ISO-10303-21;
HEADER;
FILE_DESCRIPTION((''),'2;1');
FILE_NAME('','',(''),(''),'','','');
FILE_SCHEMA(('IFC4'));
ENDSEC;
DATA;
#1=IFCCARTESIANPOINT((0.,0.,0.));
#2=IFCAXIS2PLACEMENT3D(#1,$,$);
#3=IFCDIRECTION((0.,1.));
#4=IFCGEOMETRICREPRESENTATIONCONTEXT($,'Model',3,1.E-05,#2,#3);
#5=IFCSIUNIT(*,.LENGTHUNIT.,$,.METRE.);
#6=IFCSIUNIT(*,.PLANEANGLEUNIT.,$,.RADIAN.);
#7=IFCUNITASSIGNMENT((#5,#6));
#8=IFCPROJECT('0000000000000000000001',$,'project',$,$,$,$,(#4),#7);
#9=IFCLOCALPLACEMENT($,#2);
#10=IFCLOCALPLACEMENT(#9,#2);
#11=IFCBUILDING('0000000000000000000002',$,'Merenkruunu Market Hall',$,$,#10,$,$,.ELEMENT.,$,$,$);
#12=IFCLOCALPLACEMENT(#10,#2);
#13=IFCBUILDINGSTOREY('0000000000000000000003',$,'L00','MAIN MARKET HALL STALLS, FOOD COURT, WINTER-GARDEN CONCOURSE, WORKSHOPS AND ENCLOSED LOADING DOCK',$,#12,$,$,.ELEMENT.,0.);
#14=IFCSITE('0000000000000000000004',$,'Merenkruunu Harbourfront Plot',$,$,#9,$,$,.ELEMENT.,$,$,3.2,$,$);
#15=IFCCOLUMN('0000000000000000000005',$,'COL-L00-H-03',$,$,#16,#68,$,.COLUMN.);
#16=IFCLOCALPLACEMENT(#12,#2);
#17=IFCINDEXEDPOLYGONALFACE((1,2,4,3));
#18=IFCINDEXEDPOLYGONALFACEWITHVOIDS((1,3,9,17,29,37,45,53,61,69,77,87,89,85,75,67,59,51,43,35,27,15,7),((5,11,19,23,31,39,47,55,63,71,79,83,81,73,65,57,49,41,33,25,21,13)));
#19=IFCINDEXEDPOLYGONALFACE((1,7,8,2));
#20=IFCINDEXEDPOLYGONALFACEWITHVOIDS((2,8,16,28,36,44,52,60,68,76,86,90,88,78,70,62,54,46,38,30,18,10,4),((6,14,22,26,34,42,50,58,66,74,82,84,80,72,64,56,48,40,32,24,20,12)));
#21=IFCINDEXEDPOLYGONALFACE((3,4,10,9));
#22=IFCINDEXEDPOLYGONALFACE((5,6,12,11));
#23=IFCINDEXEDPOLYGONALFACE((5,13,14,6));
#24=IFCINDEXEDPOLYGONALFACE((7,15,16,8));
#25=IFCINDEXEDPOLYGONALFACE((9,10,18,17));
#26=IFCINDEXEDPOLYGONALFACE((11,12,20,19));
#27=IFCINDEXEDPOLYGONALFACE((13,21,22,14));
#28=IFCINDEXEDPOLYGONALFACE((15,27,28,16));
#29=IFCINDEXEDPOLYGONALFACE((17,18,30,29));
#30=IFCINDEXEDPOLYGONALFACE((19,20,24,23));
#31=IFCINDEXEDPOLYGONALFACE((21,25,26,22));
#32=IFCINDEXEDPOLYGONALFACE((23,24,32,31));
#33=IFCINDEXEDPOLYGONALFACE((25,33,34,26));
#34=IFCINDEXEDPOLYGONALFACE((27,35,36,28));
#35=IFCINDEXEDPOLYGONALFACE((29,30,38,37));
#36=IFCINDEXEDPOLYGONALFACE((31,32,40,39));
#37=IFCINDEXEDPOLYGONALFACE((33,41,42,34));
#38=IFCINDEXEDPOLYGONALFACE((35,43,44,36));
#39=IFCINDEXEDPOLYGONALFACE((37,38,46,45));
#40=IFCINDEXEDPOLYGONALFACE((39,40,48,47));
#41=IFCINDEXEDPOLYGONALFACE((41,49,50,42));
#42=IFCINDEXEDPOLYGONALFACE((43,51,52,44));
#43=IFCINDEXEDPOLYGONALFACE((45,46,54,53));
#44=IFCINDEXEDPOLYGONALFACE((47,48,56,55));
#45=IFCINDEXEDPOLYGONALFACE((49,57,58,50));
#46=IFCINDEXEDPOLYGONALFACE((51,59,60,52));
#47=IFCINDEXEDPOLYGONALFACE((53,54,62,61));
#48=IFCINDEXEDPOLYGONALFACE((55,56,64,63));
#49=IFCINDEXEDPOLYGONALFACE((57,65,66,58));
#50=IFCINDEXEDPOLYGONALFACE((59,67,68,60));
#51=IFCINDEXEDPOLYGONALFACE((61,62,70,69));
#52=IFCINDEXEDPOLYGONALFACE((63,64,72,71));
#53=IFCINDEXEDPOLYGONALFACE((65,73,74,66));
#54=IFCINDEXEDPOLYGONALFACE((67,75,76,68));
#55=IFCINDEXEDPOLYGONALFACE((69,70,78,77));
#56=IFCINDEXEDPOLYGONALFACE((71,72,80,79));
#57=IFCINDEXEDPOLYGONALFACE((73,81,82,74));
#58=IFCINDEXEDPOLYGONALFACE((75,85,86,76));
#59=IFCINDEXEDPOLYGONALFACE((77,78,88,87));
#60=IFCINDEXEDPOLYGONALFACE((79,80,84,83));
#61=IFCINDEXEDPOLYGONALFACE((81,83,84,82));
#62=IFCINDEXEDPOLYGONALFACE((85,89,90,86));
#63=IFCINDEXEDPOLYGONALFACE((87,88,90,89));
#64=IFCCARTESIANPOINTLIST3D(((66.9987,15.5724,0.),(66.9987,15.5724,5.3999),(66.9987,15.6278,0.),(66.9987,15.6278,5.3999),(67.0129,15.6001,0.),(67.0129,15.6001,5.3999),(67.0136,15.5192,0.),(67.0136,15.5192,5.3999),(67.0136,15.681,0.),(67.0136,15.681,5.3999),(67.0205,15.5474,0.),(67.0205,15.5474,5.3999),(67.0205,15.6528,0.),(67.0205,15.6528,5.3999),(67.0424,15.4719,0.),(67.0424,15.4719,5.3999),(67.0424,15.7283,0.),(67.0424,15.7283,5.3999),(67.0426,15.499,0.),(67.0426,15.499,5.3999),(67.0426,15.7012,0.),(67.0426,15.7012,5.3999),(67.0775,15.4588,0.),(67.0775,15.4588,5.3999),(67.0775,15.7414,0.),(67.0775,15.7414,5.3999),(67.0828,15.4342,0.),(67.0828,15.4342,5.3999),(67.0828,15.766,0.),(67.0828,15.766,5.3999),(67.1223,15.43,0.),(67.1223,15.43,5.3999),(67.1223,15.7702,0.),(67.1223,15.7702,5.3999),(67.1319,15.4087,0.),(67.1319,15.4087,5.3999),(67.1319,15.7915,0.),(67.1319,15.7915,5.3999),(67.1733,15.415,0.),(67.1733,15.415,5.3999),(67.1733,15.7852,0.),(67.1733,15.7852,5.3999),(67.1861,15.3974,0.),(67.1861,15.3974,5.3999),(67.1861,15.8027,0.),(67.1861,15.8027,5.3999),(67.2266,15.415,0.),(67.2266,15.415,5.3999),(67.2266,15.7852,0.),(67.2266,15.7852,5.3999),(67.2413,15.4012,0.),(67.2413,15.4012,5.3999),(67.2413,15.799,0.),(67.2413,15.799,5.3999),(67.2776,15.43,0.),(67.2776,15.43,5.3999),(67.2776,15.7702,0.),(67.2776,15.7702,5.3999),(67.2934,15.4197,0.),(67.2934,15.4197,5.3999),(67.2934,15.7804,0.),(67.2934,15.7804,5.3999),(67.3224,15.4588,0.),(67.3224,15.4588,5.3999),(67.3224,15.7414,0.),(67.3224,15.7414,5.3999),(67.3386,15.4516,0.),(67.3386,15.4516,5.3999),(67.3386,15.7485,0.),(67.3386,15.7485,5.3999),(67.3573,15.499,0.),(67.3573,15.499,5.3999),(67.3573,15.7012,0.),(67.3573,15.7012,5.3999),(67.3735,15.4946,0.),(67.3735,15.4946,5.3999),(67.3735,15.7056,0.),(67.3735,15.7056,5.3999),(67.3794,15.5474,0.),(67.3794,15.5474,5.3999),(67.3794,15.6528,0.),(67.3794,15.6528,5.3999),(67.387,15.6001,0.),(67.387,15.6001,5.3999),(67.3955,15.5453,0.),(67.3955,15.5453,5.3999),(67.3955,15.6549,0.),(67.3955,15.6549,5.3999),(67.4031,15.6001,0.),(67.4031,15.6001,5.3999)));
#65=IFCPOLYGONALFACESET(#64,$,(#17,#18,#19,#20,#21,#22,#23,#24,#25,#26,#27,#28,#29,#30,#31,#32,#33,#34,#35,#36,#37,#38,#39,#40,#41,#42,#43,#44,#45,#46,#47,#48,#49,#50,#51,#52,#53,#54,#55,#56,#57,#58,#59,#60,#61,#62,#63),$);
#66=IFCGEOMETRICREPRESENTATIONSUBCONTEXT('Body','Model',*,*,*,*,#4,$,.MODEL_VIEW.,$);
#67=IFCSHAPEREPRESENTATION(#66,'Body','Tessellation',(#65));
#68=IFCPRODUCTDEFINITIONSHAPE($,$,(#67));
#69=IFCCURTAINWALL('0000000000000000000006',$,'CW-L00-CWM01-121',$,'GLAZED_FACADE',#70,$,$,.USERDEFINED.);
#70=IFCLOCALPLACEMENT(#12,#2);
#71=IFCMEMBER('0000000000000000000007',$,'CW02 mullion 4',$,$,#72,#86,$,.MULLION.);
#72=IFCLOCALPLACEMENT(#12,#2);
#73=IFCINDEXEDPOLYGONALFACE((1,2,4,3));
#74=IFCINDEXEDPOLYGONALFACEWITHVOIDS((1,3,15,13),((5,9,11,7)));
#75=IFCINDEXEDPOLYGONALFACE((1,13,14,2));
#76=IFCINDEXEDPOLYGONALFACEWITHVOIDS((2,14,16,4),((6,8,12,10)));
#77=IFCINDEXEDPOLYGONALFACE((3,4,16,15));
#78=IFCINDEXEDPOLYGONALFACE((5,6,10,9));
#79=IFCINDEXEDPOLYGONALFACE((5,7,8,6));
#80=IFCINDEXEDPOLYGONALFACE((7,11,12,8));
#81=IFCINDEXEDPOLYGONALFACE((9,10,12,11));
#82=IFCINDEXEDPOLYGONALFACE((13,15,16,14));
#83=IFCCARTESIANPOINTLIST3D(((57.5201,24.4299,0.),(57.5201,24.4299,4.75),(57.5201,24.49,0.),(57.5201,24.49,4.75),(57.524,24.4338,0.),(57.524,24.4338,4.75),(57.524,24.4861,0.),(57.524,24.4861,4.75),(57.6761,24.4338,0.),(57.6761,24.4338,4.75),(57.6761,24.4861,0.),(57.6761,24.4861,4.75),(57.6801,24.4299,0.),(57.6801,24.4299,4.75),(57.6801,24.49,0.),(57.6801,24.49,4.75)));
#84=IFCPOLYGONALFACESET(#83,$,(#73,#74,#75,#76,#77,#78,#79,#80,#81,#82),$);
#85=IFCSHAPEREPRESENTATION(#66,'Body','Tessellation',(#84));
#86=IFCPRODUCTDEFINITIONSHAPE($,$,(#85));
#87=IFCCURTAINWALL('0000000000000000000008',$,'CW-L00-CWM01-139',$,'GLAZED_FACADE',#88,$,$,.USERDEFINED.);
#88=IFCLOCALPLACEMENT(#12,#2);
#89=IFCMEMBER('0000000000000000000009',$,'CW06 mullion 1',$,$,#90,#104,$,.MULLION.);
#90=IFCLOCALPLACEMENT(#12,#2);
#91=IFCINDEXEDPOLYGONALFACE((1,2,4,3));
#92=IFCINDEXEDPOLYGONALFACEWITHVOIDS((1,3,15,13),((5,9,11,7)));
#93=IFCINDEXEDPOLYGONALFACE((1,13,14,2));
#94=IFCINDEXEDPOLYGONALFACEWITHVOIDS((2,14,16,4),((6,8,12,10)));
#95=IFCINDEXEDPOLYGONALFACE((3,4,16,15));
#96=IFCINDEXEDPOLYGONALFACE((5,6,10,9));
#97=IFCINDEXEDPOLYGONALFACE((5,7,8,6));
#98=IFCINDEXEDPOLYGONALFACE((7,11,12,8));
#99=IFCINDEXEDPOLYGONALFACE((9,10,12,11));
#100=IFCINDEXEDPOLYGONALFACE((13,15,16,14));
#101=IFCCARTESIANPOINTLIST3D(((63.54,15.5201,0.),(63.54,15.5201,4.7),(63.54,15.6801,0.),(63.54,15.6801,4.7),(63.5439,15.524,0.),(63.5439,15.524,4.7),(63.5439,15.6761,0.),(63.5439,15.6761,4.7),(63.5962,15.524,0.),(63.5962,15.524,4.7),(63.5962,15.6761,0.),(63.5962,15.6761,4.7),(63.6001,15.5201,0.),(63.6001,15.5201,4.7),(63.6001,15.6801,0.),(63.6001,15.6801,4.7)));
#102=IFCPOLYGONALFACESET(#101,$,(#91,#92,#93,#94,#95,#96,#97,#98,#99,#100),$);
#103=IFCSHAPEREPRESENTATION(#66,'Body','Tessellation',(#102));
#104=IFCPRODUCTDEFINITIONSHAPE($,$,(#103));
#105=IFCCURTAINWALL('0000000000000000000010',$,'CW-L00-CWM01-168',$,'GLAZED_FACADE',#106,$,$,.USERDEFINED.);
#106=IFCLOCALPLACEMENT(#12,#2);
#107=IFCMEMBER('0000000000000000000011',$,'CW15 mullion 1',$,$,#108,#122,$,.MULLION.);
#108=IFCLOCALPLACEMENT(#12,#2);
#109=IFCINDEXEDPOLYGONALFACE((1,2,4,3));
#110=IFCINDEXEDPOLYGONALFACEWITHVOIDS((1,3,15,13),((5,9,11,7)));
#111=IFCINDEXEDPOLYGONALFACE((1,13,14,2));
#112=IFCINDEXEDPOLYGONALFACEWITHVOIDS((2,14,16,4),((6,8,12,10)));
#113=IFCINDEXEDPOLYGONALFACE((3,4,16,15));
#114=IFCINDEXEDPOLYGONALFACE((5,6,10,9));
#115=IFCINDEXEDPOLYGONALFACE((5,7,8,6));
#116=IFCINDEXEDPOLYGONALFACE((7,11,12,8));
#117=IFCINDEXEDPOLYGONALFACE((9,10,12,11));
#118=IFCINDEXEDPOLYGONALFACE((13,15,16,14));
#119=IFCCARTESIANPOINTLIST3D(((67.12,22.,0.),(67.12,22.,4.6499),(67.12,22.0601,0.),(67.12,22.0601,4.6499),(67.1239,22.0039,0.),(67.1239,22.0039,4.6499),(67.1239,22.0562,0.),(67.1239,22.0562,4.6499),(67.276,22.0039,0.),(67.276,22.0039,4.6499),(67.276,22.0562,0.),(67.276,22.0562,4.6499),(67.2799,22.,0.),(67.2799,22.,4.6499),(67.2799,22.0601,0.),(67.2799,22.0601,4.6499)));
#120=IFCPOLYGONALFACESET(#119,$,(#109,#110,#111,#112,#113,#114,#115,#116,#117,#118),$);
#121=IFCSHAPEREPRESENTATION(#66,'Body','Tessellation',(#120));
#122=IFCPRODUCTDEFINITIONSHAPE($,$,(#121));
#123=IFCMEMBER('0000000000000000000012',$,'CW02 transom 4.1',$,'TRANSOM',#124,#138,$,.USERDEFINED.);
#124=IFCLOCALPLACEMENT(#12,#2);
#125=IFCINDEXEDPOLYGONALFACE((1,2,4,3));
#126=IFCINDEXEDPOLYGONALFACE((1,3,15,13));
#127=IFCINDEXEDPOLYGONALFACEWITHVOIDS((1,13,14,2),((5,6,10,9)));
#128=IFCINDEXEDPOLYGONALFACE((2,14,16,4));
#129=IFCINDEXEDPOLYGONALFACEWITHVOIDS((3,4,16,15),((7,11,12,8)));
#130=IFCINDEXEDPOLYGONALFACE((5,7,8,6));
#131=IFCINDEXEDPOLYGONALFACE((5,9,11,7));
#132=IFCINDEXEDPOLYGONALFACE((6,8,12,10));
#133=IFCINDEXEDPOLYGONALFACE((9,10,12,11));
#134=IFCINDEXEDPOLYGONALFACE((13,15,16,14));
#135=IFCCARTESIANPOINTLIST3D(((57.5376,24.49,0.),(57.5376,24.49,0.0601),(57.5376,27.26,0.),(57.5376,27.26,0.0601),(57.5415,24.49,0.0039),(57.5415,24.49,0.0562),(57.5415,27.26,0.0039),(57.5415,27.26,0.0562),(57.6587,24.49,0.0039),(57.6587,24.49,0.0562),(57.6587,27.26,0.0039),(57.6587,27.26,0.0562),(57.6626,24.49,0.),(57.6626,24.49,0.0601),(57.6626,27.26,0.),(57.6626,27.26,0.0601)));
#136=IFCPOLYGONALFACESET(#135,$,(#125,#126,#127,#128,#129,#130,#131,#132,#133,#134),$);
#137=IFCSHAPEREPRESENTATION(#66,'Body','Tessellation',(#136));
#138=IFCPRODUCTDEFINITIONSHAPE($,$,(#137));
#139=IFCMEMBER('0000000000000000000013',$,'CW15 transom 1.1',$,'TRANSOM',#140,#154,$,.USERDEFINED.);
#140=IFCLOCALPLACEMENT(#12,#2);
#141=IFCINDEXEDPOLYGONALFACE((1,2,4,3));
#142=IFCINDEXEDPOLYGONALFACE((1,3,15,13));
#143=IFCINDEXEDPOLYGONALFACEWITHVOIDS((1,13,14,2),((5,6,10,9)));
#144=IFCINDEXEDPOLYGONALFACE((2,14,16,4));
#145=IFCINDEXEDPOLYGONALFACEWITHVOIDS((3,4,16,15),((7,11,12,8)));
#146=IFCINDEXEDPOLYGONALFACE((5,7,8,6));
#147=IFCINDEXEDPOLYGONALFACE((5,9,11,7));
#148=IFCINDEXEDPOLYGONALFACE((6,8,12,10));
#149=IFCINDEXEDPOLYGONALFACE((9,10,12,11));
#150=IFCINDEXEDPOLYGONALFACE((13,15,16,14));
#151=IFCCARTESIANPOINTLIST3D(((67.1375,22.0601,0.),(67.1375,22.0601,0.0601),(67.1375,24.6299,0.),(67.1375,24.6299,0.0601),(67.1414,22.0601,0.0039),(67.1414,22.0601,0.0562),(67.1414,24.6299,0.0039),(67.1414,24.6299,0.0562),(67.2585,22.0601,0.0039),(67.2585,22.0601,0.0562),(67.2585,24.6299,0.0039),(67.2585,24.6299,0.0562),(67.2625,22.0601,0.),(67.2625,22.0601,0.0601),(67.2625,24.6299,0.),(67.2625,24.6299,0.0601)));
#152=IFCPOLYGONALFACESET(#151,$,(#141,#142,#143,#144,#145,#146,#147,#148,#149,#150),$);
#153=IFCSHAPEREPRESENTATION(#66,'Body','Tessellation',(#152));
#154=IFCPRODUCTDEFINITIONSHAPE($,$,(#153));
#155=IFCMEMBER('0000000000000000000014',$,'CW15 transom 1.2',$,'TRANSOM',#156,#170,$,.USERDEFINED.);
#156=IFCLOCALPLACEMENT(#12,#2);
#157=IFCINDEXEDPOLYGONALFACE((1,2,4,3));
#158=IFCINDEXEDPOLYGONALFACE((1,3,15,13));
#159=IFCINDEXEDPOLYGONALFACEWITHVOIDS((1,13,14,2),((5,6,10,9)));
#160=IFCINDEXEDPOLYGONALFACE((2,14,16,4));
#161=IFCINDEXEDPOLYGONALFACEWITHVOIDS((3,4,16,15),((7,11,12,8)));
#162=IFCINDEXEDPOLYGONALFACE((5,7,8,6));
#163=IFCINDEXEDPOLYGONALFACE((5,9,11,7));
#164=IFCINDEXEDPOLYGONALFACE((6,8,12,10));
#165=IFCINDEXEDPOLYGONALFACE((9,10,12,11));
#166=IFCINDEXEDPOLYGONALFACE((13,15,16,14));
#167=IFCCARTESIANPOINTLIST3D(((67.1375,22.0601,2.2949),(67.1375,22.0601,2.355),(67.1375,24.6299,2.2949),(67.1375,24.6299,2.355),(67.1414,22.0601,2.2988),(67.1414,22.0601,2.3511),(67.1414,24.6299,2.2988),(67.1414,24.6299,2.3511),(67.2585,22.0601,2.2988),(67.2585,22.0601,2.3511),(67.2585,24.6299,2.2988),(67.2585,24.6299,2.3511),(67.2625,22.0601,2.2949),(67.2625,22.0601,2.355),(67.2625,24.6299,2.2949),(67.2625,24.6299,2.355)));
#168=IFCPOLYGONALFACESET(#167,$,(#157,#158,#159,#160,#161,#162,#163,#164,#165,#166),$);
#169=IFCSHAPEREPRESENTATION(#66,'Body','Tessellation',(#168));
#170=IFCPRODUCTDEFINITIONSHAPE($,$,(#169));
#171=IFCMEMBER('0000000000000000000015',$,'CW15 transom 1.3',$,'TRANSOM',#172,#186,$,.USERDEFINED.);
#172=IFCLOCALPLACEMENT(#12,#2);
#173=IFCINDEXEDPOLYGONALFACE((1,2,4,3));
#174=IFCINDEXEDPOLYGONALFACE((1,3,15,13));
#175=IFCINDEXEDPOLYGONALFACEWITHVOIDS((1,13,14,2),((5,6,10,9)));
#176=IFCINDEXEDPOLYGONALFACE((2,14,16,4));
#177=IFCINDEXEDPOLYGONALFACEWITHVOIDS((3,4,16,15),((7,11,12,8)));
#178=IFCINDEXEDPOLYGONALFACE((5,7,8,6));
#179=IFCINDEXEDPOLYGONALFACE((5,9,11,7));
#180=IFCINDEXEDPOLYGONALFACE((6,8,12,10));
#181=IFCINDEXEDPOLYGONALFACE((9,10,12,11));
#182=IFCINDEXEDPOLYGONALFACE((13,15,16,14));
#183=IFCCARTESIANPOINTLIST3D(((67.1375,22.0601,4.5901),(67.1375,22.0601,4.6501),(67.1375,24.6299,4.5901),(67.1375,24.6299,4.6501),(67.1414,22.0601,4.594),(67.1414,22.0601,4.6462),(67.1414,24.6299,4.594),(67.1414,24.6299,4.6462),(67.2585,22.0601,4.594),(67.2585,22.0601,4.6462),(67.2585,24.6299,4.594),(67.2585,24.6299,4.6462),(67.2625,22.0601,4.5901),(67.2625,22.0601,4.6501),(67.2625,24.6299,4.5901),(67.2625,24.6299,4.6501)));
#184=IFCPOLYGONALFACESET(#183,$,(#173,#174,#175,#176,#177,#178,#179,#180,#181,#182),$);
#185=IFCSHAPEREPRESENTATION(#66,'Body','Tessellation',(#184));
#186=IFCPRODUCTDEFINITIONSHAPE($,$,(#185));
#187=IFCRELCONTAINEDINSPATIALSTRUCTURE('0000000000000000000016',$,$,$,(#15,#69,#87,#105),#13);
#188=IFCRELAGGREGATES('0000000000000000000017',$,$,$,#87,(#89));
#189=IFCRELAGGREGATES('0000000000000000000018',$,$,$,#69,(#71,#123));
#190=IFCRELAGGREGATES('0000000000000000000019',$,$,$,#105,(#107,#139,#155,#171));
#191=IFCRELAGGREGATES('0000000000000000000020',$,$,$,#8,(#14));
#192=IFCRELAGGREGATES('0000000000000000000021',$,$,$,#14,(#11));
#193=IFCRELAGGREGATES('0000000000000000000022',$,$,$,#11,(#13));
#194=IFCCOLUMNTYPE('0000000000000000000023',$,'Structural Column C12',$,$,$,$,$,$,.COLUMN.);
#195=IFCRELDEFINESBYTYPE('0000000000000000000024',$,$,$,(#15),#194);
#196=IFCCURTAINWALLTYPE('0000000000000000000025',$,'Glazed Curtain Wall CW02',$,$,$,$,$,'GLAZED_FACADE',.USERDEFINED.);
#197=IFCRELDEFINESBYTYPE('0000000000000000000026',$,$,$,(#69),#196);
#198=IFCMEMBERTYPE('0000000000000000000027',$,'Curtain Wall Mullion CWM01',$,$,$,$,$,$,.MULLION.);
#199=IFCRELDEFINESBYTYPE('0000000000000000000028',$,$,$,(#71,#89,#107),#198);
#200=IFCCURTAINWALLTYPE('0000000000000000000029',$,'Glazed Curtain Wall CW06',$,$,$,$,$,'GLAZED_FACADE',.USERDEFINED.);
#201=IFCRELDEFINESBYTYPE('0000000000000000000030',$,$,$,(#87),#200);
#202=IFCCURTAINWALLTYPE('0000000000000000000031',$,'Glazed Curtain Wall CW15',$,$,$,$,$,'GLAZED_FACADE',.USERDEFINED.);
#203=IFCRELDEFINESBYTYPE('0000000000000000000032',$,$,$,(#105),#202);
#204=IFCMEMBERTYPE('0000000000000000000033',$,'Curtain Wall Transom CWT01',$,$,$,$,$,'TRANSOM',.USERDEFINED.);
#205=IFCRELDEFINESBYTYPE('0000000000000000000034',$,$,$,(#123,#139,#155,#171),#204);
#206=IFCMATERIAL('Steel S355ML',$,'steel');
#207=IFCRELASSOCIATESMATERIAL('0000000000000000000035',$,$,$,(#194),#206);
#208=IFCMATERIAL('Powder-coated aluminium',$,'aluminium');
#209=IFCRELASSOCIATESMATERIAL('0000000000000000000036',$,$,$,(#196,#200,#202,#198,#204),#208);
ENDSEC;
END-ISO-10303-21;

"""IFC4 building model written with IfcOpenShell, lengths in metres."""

from ifc_helpers import new_model, si_unit, direction, frame, origin, origin_2d, place, context, subcontext, project, spatial, hollow_rectangle, hollow_circle, extrude, material, material_profile, profile_set, type_object, element, aggregate, save


model = new_model("IFC4")

# Units and contexts
model_context = context("Model", 3, precision=1e-05, world=origin(), true_north=direction((0.0, 1.0)))
body_context = subcontext(model_context, "Body", "Model", "MODEL_VIEW")
ifc_project = project(units=[si_unit("LENGTHUNIT", "METRE"), si_unit("PLANEANGLEUNIT", "RADIAN")], contexts=[model_context])

# Site, building, storey
site_placement = place(None, origin())
site = spatial("IfcSite", under=ifc_project, at=site_placement, Name="Merenkruunu Harbourfront Plot", CompositionType="ELEMENT", RefElevation=3.2)
building_placement = place(site_placement, origin())
building = spatial("IfcBuilding", under=site, at=building_placement, Name="Merenkruunu Market Hall", CompositionType="ELEMENT")
storey_placement = place(building_placement, origin())
storey = spatial("IfcBuildingStorey", under=building, at=storey_placement, Name="L00", Description="MAIN MARKET HALL STALLS, FOOD COURT, WINTER-GARDEN CONCOURSE, WORKSHOPS AND ENCLOSED LOADING DOCK", CompositionType="ELEMENT", Elevation=0.0)

# Column
ifc_material_1 = material(Name="Steel S355ML", Category="steel")
ifc_material_profile_1 = material_profile(ifc_material_1, hollow_circle(Radius=0.2031, WallThickness=0.0161, at=origin_2d()), Name="CHS 406.4x16")
ifc_profile_set_1 = profile_set([ifc_material_profile_1], Name="Steel S355ML")
column_type = type_object("IfcColumnType", Name="Structural Column C12", PredefinedType="COLUMN", material=ifc_profile_set_1)
column_placement = place(storey_placement, frame((67.2, 15.6001, 0.0), z_axis=(0.0, 0.0, 1.0), x_axis=(1.0, 0.0, 0.0)))
element("IfcColumn", 1, at=column_placement, inside=storey, type_object=column_type, Name="COL-L00-H-03", PredefinedType="COLUMN", context=body_context, shape_type="SweptSolid", body=[
    extrude(hollow_circle(Radius=0.2031, WallThickness=0.0161, at=origin_2d()), origin(), (0.0, 0.0, 1.0), 5.3999),
])

# Curtain walls, members
ifc_material_2 = material(Name="Powder-coated aluminium", Category="aluminium")
curtain_wall_type_1 = type_object("IfcCurtainWallType", Name="Glazed Curtain Wall CW02", ElementType="GLAZED_FACADE", PredefinedType="USERDEFINED", material=ifc_material_2)
curtain_wall_1_placement = place(storey_placement, origin())
curtain_wall_1 = element("IfcCurtainWall", 2, at=curtain_wall_1_placement, inside=storey, type_object=curtain_wall_type_1, Name="CW-L00-CWM01-121", ObjectType="GLAZED_FACADE", PredefinedType="USERDEFINED")
ifc_material_profile_2 = material_profile(ifc_material_2, hollow_rectangle(XDim=0.0601, YDim=0.1599, WallThickness=0.0039, at=origin_2d()), Name="ALU 60x160x4")
ifc_profile_set_2 = profile_set([ifc_material_profile_2], Name="Powder-coated aluminium")
member_type_1 = type_object("IfcMemberType", Name="Curtain Wall Mullion CWM01", PredefinedType="MULLION", material=ifc_profile_set_2)
member_1_placement = place(storey_placement, frame((57.6001, 24.46, 0.0), z_axis=(0.0, 0.0, 1.0), x_axis=(0.0, 1.0, 0.0)))
member_1 = element("IfcMember", 3, at=member_1_placement, type_object=member_type_1, Name="CW02 mullion 4", PredefinedType="MULLION", context=body_context, shape_type="SweptSolid", body=[
    extrude(hollow_rectangle(XDim=0.0601, YDim=0.1599, WallThickness=0.0039, at=origin_2d()), origin(), (0.0, 0.0, 1.0), 4.75),
])
curtain_wall_type_2 = type_object("IfcCurtainWallType", Name="Glazed Curtain Wall CW06", ElementType="GLAZED_FACADE", PredefinedType="USERDEFINED", material=ifc_material_2)
curtain_wall_2_placement = place(storey_placement, origin())
curtain_wall_2 = element("IfcCurtainWall", 4, at=curtain_wall_2_placement, inside=storey, type_object=curtain_wall_type_2, Name="CW-L00-CWM01-139", ObjectType="GLAZED_FACADE", PredefinedType="USERDEFINED")
member_2_placement = place(storey_placement, frame((63.5701, 15.6001, 0.0), z_axis=(0.0, 0.0, 1.0), x_axis=(-1.0, 0.0, 0.0)))
member_2 = element("IfcMember", 5, at=member_2_placement, type_object=member_type_1, Name="CW06 mullion 1", PredefinedType="MULLION", context=body_context, shape_type="SweptSolid", body=[
    extrude(hollow_rectangle(XDim=0.0601, YDim=0.1599, WallThickness=0.0039, at=origin_2d()), origin(), (0.0, 0.0, 1.0), 4.7),
])
aggregate(curtain_wall_2, [member_2])
curtain_wall_type_3 = type_object("IfcCurtainWallType", Name="Glazed Curtain Wall CW15", ElementType="GLAZED_FACADE", PredefinedType="USERDEFINED", material=ifc_material_2)
curtain_wall_3_placement = place(storey_placement, origin())
curtain_wall_3 = element("IfcCurtainWall", 6, at=curtain_wall_3_placement, inside=storey, type_object=curtain_wall_type_3, Name="CW-L00-CWM01-168", ObjectType="GLAZED_FACADE", PredefinedType="USERDEFINED")
member_3_placement = place(storey_placement, frame((67.2, 22.03, 0.0), z_axis=(0.0, 0.0, 1.0), x_axis=(0.0, 1.0, 0.0)))
member_3 = element("IfcMember", 7, at=member_3_placement, type_object=member_type_1, Name="CW15 mullion 1", PredefinedType="MULLION", context=body_context, shape_type="SweptSolid", body=[
    extrude(hollow_rectangle(XDim=0.0601, YDim=0.1599, WallThickness=0.0039, at=origin_2d()), origin(), (0.0, 0.0, 1.0), 4.6499),
])

# Members
ifc_material_profile_3 = material_profile(ifc_material_2, hollow_rectangle(XDim=0.0601, YDim=0.125, WallThickness=0.0039, at=origin_2d()), Name="ALU 60x125x4")
ifc_profile_set_3 = profile_set([ifc_material_profile_3], Name="Powder-coated aluminium")
member_type_2 = type_object("IfcMemberType", Name="Curtain Wall Transom CWT01", ElementType="TRANSOM", PredefinedType="USERDEFINED", material=ifc_profile_set_3)
member_4_placement = place(storey_placement, frame((57.6001, 24.49, 0.03), z_axis=(0.0, 1.0, 0.0), x_axis=(0.0, 0.0, 1.0)))
member_4 = element("IfcMember", 8, at=member_4_placement, type_object=member_type_2, Name="CW02 transom 4.1", ObjectType="TRANSOM", PredefinedType="USERDEFINED", context=body_context, shape_type="SweptSolid", body=[
    extrude(hollow_rectangle(XDim=0.0601, YDim=0.125, WallThickness=0.0039, at=origin_2d()), origin(), (0.0, 0.0, 1.0), 2.77),
])
member_5_placement = place(storey_placement, frame((67.2, 22.0601, 0.03), z_axis=(0.0, 1.0, 0.0), x_axis=(0.0, 0.0, 1.0)))
member_5 = element("IfcMember", 9, at=member_5_placement, type_object=member_type_2, Name="CW15 transom 1.1", ObjectType="TRANSOM", PredefinedType="USERDEFINED", context=body_context, shape_type="SweptSolid", body=[
    extrude(hollow_rectangle(XDim=0.0601, YDim=0.125, WallThickness=0.0039, at=origin_2d()), origin(), (0.0, 0.0, 1.0), 2.5698),
])
member_6_placement = place(storey_placement, frame((67.2, 22.0601, 2.325), z_axis=(0.0, 1.0, 0.0), x_axis=(0.0, 0.0, 1.0)))
member_6 = element("IfcMember", 10, at=member_6_placement, type_object=member_type_2, Name="CW15 transom 1.2", ObjectType="TRANSOM", PredefinedType="USERDEFINED", context=body_context, shape_type="SweptSolid", body=[
    extrude(hollow_rectangle(XDim=0.0601, YDim=0.125, WallThickness=0.0039, at=origin_2d()), origin(), (0.0, 0.0, 1.0), 2.5698),
])
member_7_placement = place(storey_placement, frame((67.2, 22.0601, 4.6201), z_axis=(0.0, 1.0, 0.0), x_axis=(0.0, 0.0, 1.0)))
member_7 = element("IfcMember", 11, at=member_7_placement, type_object=member_type_2, Name="CW15 transom 1.3", ObjectType="TRANSOM", PredefinedType="USERDEFINED", context=body_context, shape_type="SweptSolid", body=[
    extrude(hollow_rectangle(XDim=0.0601, YDim=0.125, WallThickness=0.0039, at=origin_2d()), origin(), (0.0, 0.0, 1.0), 2.5698),
])

aggregate(curtain_wall_1, [member_1, member_4])
aggregate(curtain_wall_3, [member_3, member_5, member_6, member_7])

save(model, "model.ifc")
